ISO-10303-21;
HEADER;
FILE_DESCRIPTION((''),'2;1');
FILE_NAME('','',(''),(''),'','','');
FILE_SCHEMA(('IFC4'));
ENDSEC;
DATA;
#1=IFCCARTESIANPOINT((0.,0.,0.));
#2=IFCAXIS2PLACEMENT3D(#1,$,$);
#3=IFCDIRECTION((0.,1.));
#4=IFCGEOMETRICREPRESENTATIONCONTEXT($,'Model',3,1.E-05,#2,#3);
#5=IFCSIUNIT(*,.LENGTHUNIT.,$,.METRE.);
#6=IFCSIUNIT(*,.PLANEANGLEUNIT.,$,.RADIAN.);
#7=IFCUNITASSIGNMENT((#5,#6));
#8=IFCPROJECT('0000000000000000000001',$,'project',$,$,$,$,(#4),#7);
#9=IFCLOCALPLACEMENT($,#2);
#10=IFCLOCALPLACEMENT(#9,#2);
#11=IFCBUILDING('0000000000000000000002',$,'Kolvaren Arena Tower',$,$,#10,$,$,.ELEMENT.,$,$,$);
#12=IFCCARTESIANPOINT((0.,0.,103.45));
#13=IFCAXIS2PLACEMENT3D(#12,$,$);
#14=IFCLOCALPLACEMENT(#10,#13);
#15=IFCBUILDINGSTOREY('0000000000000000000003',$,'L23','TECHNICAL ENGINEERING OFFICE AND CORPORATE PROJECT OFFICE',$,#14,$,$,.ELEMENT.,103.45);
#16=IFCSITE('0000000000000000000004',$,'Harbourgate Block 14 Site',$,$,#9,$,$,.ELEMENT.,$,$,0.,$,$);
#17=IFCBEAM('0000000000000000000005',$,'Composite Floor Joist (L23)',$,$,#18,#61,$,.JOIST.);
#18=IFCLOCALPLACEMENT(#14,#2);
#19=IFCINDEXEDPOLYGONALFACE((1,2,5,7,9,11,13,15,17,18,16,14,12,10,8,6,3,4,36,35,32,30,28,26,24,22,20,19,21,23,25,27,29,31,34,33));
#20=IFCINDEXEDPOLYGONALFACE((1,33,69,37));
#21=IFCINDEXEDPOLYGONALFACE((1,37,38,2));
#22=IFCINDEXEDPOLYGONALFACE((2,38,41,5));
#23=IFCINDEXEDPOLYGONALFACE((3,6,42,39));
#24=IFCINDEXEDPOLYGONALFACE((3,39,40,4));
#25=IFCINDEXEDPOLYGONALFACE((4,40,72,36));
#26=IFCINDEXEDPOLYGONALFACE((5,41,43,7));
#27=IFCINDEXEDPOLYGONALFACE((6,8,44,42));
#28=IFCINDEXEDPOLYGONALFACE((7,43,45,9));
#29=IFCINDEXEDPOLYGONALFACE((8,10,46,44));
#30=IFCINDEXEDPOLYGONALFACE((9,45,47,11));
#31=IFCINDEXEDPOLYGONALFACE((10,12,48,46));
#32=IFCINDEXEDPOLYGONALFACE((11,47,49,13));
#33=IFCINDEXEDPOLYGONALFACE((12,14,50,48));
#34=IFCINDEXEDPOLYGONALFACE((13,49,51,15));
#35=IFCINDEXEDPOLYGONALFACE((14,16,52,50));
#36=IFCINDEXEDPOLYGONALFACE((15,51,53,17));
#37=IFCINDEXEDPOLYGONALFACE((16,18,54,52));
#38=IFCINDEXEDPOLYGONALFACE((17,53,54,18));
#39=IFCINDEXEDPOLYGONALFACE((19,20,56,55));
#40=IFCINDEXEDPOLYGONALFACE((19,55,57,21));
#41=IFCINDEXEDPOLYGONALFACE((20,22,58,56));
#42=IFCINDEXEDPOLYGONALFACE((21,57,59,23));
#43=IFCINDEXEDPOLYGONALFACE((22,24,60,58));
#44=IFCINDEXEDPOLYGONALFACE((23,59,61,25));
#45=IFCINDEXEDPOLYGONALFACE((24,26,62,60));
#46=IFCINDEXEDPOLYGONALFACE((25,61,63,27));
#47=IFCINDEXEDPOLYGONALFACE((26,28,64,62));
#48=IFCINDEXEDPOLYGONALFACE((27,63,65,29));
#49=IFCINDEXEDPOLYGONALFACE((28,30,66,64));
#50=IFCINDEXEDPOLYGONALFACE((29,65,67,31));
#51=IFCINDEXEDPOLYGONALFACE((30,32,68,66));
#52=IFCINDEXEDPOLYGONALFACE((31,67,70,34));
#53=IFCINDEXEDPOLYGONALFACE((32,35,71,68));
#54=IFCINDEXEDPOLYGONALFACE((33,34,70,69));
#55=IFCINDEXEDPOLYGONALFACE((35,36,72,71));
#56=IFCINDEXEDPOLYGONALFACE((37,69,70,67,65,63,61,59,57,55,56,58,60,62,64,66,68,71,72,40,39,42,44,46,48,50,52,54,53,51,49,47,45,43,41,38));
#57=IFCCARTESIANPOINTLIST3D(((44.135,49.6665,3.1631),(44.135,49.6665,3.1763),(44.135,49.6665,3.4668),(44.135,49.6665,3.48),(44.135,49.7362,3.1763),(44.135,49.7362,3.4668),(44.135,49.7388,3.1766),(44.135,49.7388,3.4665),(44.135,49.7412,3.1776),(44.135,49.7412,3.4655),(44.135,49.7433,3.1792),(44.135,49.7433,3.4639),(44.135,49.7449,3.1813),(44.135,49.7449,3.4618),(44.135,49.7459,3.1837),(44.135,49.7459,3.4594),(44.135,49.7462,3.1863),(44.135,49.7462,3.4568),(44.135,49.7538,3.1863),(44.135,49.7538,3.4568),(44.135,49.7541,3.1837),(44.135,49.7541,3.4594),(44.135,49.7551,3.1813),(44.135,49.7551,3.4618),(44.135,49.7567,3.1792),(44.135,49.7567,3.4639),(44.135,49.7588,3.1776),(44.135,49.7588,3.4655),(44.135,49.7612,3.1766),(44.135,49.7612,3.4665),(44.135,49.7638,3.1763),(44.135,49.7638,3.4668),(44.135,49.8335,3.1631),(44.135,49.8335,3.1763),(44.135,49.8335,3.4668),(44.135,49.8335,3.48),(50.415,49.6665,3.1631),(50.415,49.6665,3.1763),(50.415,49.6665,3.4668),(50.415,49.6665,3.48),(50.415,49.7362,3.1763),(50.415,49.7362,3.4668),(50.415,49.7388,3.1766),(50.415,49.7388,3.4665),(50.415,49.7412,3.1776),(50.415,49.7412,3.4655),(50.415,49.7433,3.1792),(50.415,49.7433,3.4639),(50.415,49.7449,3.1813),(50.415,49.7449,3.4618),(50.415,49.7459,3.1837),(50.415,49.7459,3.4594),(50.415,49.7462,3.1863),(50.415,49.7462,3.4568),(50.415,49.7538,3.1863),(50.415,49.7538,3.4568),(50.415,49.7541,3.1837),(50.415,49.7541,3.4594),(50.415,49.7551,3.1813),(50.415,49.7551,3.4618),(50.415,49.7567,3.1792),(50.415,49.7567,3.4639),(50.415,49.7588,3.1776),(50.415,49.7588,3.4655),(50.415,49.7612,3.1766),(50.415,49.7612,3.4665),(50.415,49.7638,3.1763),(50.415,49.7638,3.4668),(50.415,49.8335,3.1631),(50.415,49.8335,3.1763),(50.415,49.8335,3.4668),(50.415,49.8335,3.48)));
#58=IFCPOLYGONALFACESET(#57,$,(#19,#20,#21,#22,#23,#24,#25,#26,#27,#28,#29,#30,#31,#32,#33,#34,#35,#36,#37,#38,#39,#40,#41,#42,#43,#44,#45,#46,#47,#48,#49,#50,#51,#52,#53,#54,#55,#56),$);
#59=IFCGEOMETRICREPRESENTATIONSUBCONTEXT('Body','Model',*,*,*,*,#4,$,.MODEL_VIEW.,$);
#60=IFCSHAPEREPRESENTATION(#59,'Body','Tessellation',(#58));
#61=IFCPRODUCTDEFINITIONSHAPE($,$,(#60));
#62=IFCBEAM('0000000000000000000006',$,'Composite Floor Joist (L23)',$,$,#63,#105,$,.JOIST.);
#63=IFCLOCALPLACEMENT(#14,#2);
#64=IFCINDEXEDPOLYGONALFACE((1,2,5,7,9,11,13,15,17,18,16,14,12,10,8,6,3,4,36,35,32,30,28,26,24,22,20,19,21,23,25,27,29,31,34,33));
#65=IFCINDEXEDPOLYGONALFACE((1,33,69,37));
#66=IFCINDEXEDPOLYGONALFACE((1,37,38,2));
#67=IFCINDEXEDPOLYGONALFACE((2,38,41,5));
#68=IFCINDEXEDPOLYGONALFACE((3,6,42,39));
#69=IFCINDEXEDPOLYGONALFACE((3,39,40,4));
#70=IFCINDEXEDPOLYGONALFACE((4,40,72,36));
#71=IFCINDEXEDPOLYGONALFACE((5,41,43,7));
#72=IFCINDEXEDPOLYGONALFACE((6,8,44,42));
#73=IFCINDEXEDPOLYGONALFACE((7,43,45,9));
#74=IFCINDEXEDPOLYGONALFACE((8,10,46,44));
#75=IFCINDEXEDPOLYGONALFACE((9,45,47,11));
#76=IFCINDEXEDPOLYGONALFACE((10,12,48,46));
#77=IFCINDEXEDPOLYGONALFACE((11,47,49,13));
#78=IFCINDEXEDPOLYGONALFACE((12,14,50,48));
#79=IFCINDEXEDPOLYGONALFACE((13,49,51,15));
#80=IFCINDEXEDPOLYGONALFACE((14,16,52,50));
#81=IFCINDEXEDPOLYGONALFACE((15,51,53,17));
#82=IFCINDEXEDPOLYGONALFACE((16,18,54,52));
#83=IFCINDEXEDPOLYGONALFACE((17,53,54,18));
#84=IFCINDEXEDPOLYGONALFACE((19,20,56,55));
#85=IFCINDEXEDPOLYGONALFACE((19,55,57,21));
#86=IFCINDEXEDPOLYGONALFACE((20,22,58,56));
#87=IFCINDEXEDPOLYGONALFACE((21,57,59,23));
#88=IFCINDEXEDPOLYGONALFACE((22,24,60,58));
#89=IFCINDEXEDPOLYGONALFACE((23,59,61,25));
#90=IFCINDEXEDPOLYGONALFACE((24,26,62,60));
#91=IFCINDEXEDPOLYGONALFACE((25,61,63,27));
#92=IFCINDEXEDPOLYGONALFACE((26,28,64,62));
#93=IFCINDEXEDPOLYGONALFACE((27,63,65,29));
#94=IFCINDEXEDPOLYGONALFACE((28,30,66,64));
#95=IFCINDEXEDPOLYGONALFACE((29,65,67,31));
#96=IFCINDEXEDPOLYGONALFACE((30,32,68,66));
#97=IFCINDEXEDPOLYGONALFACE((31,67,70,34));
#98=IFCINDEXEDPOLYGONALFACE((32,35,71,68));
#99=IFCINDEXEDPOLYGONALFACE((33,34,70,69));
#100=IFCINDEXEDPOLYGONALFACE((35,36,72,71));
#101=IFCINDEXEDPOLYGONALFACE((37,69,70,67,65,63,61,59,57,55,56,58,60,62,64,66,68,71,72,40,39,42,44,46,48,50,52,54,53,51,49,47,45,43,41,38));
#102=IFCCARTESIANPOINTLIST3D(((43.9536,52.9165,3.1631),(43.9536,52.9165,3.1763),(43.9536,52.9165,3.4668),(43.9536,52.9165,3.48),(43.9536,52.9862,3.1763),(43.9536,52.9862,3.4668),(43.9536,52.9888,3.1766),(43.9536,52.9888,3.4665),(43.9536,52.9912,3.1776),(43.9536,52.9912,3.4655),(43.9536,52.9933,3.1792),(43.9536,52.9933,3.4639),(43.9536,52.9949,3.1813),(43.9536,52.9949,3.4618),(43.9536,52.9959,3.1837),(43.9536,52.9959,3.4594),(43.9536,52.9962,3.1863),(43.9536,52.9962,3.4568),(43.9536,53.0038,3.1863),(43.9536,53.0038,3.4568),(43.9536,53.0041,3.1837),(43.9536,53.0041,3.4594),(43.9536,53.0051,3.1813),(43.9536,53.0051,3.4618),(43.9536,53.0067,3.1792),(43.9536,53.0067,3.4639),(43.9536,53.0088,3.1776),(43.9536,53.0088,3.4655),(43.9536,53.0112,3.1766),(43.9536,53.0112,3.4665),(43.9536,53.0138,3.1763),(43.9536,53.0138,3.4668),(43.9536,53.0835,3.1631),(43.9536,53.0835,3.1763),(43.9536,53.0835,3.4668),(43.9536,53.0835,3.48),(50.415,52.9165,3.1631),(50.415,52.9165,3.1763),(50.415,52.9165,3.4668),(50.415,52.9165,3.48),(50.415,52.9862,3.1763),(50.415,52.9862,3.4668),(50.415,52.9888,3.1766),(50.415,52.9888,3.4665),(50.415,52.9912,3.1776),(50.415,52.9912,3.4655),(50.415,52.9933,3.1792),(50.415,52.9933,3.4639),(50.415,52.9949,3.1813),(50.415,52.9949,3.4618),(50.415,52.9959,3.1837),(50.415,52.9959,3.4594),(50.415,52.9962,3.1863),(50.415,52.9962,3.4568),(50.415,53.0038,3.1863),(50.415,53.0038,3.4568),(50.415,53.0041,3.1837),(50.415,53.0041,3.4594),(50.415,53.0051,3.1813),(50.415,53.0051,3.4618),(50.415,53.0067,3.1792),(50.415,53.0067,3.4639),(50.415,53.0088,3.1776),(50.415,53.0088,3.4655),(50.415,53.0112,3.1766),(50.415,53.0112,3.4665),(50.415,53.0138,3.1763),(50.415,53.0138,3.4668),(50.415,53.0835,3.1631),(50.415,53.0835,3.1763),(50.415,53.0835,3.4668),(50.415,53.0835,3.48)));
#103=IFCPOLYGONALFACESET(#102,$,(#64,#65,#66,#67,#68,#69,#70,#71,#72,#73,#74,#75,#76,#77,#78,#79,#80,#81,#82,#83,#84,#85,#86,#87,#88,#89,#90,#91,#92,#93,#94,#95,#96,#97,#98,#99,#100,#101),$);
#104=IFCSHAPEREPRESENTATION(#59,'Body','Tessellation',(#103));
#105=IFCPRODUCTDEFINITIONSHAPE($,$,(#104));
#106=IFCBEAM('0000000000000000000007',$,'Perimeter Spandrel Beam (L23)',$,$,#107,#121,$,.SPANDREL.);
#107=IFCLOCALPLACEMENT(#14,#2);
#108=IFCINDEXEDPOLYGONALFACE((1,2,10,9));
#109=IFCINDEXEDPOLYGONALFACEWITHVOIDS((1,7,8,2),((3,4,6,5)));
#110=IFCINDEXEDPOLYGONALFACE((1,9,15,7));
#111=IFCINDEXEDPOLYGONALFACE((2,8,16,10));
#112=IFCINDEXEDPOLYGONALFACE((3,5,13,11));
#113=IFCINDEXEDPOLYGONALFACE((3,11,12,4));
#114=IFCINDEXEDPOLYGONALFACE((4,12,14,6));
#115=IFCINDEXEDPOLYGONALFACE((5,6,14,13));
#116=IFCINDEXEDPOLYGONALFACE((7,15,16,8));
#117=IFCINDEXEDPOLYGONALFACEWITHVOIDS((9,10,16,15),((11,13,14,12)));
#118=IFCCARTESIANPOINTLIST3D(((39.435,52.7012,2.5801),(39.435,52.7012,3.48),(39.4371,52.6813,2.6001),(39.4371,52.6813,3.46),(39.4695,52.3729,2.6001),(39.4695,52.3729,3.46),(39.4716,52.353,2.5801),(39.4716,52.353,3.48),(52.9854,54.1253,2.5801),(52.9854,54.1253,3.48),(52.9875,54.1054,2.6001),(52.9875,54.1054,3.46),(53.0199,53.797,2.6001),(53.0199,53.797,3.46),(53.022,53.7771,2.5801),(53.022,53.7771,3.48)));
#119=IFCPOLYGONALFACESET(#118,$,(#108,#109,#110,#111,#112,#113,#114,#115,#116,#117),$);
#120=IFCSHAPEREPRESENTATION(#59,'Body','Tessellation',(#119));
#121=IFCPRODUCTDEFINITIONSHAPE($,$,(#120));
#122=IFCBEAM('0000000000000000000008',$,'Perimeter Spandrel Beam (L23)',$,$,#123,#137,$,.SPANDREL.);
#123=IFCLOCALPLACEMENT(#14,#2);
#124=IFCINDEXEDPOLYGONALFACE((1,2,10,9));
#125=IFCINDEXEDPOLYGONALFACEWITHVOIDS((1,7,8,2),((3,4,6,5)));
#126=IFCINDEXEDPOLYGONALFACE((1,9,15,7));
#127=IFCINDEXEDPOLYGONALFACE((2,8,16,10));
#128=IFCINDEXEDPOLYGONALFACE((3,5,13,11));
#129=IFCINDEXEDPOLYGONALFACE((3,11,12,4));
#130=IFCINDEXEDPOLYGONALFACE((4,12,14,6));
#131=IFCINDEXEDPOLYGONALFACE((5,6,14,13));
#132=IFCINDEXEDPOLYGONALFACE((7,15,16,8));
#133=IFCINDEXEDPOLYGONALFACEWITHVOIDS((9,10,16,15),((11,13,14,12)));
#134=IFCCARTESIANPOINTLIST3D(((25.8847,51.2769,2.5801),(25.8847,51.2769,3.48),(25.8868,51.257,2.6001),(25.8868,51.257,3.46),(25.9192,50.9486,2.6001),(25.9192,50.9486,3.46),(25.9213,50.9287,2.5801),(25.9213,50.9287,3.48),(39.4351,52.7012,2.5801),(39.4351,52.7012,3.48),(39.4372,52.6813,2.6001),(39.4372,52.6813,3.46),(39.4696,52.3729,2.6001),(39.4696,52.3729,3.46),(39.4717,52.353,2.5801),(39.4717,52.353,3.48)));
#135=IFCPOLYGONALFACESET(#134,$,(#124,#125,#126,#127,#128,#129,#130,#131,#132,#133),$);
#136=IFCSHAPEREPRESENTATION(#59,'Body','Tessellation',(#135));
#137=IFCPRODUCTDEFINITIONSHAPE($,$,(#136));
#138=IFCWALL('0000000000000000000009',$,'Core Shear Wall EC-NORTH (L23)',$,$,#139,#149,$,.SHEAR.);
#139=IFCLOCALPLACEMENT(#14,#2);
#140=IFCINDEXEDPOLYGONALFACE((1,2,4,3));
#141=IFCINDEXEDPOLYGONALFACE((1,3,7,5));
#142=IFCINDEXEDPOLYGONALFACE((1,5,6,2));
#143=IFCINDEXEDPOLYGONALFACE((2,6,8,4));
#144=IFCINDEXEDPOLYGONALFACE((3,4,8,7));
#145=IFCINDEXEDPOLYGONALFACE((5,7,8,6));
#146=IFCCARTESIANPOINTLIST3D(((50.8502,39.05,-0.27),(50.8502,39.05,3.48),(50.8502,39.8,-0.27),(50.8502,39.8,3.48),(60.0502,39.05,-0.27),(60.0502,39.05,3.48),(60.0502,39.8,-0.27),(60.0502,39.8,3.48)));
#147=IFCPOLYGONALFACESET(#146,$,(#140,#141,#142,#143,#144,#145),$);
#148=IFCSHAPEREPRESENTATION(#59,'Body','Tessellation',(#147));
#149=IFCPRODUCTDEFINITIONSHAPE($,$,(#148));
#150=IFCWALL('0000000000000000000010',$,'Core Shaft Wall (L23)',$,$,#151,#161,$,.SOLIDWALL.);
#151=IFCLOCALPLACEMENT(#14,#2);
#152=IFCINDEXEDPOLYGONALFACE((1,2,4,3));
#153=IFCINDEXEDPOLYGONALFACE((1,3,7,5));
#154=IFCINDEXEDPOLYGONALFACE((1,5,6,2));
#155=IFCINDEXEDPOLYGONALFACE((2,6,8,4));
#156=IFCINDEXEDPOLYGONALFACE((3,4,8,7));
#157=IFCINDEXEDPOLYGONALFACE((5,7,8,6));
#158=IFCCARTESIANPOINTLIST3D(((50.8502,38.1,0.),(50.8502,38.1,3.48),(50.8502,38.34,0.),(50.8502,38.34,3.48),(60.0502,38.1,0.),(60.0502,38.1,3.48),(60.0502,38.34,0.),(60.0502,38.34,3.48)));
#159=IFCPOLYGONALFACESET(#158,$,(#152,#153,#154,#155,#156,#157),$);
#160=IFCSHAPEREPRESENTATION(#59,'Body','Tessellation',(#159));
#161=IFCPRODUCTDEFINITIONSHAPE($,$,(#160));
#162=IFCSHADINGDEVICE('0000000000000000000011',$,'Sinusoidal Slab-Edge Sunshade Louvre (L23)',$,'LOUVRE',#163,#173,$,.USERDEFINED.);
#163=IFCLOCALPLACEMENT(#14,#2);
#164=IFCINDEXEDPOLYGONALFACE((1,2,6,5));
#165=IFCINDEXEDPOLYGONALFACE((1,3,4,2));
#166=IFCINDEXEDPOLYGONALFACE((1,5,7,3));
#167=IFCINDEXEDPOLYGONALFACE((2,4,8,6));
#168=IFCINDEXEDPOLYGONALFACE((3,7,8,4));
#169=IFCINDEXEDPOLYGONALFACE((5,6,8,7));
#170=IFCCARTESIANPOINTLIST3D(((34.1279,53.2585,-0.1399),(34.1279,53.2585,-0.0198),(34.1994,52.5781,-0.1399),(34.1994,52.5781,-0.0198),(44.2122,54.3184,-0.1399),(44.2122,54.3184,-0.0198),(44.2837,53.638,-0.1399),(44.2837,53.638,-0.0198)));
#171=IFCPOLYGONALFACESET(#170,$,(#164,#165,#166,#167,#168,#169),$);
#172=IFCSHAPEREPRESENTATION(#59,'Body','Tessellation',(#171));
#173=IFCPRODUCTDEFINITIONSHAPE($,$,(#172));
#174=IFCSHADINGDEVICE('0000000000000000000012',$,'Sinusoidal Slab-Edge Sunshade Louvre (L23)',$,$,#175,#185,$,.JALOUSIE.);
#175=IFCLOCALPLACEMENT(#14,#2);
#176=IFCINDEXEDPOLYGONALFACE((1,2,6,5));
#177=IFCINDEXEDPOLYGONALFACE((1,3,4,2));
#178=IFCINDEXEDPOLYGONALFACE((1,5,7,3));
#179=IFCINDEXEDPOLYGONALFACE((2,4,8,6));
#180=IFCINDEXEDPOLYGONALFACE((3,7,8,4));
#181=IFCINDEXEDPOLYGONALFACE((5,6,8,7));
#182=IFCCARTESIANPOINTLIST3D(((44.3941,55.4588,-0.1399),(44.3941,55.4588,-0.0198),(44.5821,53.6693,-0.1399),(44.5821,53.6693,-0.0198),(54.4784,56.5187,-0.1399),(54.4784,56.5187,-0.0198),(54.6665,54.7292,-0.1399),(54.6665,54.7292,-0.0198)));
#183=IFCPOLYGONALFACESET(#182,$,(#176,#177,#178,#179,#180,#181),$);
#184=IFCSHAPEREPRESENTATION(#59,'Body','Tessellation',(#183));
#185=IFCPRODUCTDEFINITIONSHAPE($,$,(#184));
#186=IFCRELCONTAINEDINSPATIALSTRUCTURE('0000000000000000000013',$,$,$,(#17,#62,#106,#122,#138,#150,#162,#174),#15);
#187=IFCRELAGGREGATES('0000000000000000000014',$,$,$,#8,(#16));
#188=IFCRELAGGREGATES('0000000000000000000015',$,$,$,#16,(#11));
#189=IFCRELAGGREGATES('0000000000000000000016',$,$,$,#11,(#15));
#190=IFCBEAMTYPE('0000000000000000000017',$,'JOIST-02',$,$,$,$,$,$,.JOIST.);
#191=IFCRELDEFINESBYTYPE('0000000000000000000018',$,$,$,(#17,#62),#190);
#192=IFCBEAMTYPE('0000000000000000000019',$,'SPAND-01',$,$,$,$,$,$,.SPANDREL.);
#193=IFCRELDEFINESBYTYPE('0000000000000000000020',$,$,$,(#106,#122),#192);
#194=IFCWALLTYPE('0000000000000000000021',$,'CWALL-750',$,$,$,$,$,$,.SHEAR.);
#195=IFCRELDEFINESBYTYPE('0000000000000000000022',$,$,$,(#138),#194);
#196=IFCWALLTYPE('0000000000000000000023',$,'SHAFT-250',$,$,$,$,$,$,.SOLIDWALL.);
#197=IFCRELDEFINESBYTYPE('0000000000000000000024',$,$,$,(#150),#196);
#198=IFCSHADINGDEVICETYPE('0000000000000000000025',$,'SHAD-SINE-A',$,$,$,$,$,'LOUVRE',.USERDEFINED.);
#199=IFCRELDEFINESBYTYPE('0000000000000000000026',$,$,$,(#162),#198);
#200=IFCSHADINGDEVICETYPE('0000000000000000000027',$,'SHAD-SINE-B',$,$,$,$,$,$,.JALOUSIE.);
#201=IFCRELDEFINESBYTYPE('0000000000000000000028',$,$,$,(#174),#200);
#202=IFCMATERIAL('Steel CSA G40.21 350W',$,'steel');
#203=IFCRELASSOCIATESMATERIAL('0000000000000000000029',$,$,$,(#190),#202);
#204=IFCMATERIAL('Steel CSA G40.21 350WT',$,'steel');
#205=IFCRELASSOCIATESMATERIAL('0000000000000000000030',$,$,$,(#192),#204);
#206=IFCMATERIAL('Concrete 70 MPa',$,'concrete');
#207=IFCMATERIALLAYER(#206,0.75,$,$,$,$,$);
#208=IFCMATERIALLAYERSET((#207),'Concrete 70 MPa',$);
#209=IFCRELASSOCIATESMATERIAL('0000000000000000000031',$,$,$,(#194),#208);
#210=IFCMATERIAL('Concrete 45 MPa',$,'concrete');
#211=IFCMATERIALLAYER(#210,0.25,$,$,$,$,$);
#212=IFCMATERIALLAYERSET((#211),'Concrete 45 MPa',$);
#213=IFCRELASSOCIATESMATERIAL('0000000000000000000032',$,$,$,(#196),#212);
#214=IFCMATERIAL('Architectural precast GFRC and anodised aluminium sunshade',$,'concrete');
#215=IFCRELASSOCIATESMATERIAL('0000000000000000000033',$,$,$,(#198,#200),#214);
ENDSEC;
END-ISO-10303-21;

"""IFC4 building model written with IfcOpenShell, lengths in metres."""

from ifc_helpers import new_model, si_unit, direction, frame, frame_2d, origin, origin_2d, place, context, subcontext, project, spatial, rectangle, hollow_rectangle, i_section, extrude, material, layer, layer_set, material_profile, profile_set, type_object, element, save


model = new_model("IFC4")

# Units and contexts
model_context = context("Model", 3, precision=1e-05, world=origin(), true_north=direction((0.0, 1.0)))
body_context = subcontext(model_context, "Body", "Model", "MODEL_VIEW")
ifc_project = project(units=[si_unit("LENGTHUNIT", "METRE"), si_unit("PLANEANGLEUNIT", "RADIAN")], contexts=[model_context])

# Site, building, storey
site_placement = place(None, origin())
site = spatial("IfcSite", under=ifc_project, at=site_placement, Name="Harbourgate Block 14 Site", CompositionType="ELEMENT", RefElevation=0.0)
building_placement = place(site_placement, origin())
building = spatial("IfcBuilding", under=site, at=building_placement, Name="Kolvaren Arena Tower", CompositionType="ELEMENT")
storey_placement = place(building_placement, frame((0.0, 0.0, 103.45)))
storey = spatial("IfcBuildingStorey", under=building, at=storey_placement, Name="L23", Description="TECHNICAL ENGINEERING OFFICE AND CORPORATE PROJECT OFFICE", CompositionType="ELEMENT", Elevation=103.45)

# Beams
ifc_material_1 = material(Name="Steel CSA G40.21 350W", Category="steel")
ifc_material_profile_1 = material_profile(ifc_material_1, i_section(OverallWidth=0.167, OverallDepth=0.3169, WebThickness=0.0076, FlangeThickness=0.0132, FilletRadius=0.01, at=origin_2d()), Name="W310x52")
ifc_profile_set_1 = profile_set([ifc_material_profile_1], Name="Steel CSA G40.21 350W")
beam_type_1 = type_object("IfcBeamType", Name="JOIST-02", PredefinedType="JOIST", material=ifc_profile_set_1)
for number, where, z_axis, x_axis, name in (
    (1, (44.135, 49.75, 3.3215), (1.0, 0.0, 0.0), (0.0, 1.0, 0.0), "Composite Floor Joist (L23)"),
):
    element("IfcBeam", number, at=place(storey_placement, frame(where, z_axis=z_axis, x_axis=x_axis)), inside=storey, type_object=beam_type_1, Name=name, PredefinedType="JOIST", context=body_context, shape_type="SweptSolid", body=[
        extrude(i_section(OverallWidth=0.167, OverallDepth=0.3169, WebThickness=0.0076, FlangeThickness=0.0132, FilletRadius=0.01, at=origin_2d()), origin(), (0.0, 0.0, 1.0), 6.28),
    ])
beam_1_placement = place(storey_placement, frame((43.9536, 53.0, 3.3215), z_axis=(1.0, 0.0, 0.0), x_axis=(0.0, 1.0, 0.0)))
element("IfcBeam", 2, at=beam_1_placement, inside=storey, type_object=beam_type_1, Name="Composite Floor Joist (L23)", PredefinedType="JOIST", context=body_context, shape_type="SweptSolid", body=[
    extrude(i_section(OverallWidth=0.167, OverallDepth=0.3169, WebThickness=0.0076, FlangeThickness=0.0132, FilletRadius=0.01, at=origin_2d()), origin(), (0.0, 0.0, 1.0), 6.4614),
])
ifc_material_2 = material(Name="Steel CSA G40.21 350WT", Category="steel")
ifc_material_profile_2 = material_profile(ifc_material_2, hollow_rectangle(XDim=0.3501, YDim=0.8999, WallThickness=0.02, at=origin_2d()), Name="HSS 900x350x20")
ifc_profile_set_2 = profile_set([ifc_material_profile_2], Name="Steel CSA G40.21 350WT")
beam_type_2 = type_object("IfcBeamType", Name="SPAND-01", PredefinedType="SPANDREL", material=ifc_profile_set_2)
for number, where, z_axis, x_axis, name in (
    (3, (53.0037, 53.9512, 3.03), (-0.994523, -0.10452, 0.0), (0.10452, -0.994523, 0.0), "Perimeter Spandrel Beam (L23)"),
    (4, (39.4534, 52.5271, 3.03), (-0.994521, -0.104537, 0.0), (0.104537, -0.994521, 0.0), "Perimeter Spandrel Beam (L23)"),
):
    element("IfcBeam", number, at=place(storey_placement, frame(where, z_axis=z_axis, x_axis=x_axis)), inside=storey, type_object=beam_type_2, Name=name, PredefinedType="SPANDREL", context=body_context, shape_type="SweptSolid", body=[
        extrude(hollow_rectangle(XDim=0.3501, YDim=0.8999, WallThickness=0.02, at=origin_2d()), origin(), (0.0, 0.0, 1.0), 13.625),
    ])

# Walls
ifc_material_3 = material(Name="Concrete 70 MPa", Category="concrete")
ifc_layer_1 = layer(ifc_material_3, 0.75)
ifc_layer_set_1 = layer_set([ifc_layer_1], Name="Concrete 70 MPa")
wall_type_1 = type_object("IfcWallType", Name="CWALL-750", PredefinedType="SHEAR", material=ifc_layer_set_1)
wall_1_placement = place(storey_placement, frame((50.8501, 39.425, -0.27), z_axis=(0.0, 0.0, 1.0), x_axis=(1.0, 0.0, 0.0)))
element("IfcWall", 5, at=wall_1_placement, inside=storey, type_object=wall_type_1, Name="Core Shear Wall EC-NORTH (L23)", PredefinedType="SHEAR", context=body_context, shape_type="SweptSolid", body=[
    extrude(rectangle(XDim=9.2, YDim=0.75, at=frame_2d((4.6001, 0.0))), origin(), (0.0, 0.0, 1.0), 3.75),
])
ifc_material_4 = material(Name="Concrete 45 MPa", Category="concrete")
ifc_layer_2 = layer(ifc_material_4, 0.25)
ifc_layer_set_2 = layer_set([ifc_layer_2], Name="Concrete 45 MPa")
wall_type_2 = type_object("IfcWallType", Name="SHAFT-250", PredefinedType="SOLIDWALL", material=ifc_layer_set_2)
wall_2_placement = place(storey_placement, frame((50.8501, 38.22, 0.0), z_axis=(0.0, 0.0, 1.0), x_axis=(1.0, 0.0, 0.0)))
element("IfcWall", 6, at=wall_2_placement, inside=storey, type_object=wall_type_2, Name="Core Shaft Wall (L23)", PredefinedType="SOLIDWALL", context=body_context, shape_type="SweptSolid", body=[
    extrude(rectangle(XDim=9.2, YDim=0.24, at=frame_2d((4.6001, 0.0))), origin(), (0.0, 0.0, 1.0), 3.48),
])

# Shading devices
ifc_material_5 = material(Name="Architectural precast GFRC and anodised aluminium sunshade", Category="concrete")
shading_device_type_1 = type_object("IfcShadingDeviceType", Name="SHAD-SINE-A", ElementType="LOUVRE", PredefinedType="USERDEFINED", material=ifc_material_5)
shading_device_1_placement = place(storey_placement, frame((39.2058, 53.4482, -0.1399), z_axis=(0.0, 0.0, 1.0), x_axis=(0.994522, 0.104527, 0.0)))
element("IfcShadingDevice", 7, at=shading_device_1_placement, inside=storey, type_object=shading_device_type_1, Name="Sinusoidal Slab-Edge Sunshade Louvre (L23)", ObjectType="LOUVRE", PredefinedType="USERDEFINED", context=body_context, shape_type="SweptSolid", body=[
    extrude(rectangle(XDim=10.1399, YDim=0.6841, at=origin_2d()), origin(), (0.0, 0.0, 1.0), 0.1201),
])
shading_device_type_2 = type_object("IfcShadingDeviceType", Name="SHAD-SINE-B", PredefinedType="JALOUSIE", material=ifc_material_5)
shading_device_2_placement = place(storey_placement, frame((49.5303, 55.094, -0.1399), z_axis=(0.0, 0.0, 1.0), x_axis=(0.994522, 0.104527, 0.0)))
element("IfcShadingDevice", 8, at=shading_device_2_placement, inside=storey, type_object=shading_device_type_2, Name="Sinusoidal Slab-Edge Sunshade Louvre (L23)", PredefinedType="JALOUSIE", context=body_context, shape_type="SweptSolid", body=[
    extrude(rectangle(XDim=10.1399, YDim=1.7993, at=origin_2d()), origin(), (0.0, 0.0, 1.0), 0.1201),
])

save(model, "model.ifc")
